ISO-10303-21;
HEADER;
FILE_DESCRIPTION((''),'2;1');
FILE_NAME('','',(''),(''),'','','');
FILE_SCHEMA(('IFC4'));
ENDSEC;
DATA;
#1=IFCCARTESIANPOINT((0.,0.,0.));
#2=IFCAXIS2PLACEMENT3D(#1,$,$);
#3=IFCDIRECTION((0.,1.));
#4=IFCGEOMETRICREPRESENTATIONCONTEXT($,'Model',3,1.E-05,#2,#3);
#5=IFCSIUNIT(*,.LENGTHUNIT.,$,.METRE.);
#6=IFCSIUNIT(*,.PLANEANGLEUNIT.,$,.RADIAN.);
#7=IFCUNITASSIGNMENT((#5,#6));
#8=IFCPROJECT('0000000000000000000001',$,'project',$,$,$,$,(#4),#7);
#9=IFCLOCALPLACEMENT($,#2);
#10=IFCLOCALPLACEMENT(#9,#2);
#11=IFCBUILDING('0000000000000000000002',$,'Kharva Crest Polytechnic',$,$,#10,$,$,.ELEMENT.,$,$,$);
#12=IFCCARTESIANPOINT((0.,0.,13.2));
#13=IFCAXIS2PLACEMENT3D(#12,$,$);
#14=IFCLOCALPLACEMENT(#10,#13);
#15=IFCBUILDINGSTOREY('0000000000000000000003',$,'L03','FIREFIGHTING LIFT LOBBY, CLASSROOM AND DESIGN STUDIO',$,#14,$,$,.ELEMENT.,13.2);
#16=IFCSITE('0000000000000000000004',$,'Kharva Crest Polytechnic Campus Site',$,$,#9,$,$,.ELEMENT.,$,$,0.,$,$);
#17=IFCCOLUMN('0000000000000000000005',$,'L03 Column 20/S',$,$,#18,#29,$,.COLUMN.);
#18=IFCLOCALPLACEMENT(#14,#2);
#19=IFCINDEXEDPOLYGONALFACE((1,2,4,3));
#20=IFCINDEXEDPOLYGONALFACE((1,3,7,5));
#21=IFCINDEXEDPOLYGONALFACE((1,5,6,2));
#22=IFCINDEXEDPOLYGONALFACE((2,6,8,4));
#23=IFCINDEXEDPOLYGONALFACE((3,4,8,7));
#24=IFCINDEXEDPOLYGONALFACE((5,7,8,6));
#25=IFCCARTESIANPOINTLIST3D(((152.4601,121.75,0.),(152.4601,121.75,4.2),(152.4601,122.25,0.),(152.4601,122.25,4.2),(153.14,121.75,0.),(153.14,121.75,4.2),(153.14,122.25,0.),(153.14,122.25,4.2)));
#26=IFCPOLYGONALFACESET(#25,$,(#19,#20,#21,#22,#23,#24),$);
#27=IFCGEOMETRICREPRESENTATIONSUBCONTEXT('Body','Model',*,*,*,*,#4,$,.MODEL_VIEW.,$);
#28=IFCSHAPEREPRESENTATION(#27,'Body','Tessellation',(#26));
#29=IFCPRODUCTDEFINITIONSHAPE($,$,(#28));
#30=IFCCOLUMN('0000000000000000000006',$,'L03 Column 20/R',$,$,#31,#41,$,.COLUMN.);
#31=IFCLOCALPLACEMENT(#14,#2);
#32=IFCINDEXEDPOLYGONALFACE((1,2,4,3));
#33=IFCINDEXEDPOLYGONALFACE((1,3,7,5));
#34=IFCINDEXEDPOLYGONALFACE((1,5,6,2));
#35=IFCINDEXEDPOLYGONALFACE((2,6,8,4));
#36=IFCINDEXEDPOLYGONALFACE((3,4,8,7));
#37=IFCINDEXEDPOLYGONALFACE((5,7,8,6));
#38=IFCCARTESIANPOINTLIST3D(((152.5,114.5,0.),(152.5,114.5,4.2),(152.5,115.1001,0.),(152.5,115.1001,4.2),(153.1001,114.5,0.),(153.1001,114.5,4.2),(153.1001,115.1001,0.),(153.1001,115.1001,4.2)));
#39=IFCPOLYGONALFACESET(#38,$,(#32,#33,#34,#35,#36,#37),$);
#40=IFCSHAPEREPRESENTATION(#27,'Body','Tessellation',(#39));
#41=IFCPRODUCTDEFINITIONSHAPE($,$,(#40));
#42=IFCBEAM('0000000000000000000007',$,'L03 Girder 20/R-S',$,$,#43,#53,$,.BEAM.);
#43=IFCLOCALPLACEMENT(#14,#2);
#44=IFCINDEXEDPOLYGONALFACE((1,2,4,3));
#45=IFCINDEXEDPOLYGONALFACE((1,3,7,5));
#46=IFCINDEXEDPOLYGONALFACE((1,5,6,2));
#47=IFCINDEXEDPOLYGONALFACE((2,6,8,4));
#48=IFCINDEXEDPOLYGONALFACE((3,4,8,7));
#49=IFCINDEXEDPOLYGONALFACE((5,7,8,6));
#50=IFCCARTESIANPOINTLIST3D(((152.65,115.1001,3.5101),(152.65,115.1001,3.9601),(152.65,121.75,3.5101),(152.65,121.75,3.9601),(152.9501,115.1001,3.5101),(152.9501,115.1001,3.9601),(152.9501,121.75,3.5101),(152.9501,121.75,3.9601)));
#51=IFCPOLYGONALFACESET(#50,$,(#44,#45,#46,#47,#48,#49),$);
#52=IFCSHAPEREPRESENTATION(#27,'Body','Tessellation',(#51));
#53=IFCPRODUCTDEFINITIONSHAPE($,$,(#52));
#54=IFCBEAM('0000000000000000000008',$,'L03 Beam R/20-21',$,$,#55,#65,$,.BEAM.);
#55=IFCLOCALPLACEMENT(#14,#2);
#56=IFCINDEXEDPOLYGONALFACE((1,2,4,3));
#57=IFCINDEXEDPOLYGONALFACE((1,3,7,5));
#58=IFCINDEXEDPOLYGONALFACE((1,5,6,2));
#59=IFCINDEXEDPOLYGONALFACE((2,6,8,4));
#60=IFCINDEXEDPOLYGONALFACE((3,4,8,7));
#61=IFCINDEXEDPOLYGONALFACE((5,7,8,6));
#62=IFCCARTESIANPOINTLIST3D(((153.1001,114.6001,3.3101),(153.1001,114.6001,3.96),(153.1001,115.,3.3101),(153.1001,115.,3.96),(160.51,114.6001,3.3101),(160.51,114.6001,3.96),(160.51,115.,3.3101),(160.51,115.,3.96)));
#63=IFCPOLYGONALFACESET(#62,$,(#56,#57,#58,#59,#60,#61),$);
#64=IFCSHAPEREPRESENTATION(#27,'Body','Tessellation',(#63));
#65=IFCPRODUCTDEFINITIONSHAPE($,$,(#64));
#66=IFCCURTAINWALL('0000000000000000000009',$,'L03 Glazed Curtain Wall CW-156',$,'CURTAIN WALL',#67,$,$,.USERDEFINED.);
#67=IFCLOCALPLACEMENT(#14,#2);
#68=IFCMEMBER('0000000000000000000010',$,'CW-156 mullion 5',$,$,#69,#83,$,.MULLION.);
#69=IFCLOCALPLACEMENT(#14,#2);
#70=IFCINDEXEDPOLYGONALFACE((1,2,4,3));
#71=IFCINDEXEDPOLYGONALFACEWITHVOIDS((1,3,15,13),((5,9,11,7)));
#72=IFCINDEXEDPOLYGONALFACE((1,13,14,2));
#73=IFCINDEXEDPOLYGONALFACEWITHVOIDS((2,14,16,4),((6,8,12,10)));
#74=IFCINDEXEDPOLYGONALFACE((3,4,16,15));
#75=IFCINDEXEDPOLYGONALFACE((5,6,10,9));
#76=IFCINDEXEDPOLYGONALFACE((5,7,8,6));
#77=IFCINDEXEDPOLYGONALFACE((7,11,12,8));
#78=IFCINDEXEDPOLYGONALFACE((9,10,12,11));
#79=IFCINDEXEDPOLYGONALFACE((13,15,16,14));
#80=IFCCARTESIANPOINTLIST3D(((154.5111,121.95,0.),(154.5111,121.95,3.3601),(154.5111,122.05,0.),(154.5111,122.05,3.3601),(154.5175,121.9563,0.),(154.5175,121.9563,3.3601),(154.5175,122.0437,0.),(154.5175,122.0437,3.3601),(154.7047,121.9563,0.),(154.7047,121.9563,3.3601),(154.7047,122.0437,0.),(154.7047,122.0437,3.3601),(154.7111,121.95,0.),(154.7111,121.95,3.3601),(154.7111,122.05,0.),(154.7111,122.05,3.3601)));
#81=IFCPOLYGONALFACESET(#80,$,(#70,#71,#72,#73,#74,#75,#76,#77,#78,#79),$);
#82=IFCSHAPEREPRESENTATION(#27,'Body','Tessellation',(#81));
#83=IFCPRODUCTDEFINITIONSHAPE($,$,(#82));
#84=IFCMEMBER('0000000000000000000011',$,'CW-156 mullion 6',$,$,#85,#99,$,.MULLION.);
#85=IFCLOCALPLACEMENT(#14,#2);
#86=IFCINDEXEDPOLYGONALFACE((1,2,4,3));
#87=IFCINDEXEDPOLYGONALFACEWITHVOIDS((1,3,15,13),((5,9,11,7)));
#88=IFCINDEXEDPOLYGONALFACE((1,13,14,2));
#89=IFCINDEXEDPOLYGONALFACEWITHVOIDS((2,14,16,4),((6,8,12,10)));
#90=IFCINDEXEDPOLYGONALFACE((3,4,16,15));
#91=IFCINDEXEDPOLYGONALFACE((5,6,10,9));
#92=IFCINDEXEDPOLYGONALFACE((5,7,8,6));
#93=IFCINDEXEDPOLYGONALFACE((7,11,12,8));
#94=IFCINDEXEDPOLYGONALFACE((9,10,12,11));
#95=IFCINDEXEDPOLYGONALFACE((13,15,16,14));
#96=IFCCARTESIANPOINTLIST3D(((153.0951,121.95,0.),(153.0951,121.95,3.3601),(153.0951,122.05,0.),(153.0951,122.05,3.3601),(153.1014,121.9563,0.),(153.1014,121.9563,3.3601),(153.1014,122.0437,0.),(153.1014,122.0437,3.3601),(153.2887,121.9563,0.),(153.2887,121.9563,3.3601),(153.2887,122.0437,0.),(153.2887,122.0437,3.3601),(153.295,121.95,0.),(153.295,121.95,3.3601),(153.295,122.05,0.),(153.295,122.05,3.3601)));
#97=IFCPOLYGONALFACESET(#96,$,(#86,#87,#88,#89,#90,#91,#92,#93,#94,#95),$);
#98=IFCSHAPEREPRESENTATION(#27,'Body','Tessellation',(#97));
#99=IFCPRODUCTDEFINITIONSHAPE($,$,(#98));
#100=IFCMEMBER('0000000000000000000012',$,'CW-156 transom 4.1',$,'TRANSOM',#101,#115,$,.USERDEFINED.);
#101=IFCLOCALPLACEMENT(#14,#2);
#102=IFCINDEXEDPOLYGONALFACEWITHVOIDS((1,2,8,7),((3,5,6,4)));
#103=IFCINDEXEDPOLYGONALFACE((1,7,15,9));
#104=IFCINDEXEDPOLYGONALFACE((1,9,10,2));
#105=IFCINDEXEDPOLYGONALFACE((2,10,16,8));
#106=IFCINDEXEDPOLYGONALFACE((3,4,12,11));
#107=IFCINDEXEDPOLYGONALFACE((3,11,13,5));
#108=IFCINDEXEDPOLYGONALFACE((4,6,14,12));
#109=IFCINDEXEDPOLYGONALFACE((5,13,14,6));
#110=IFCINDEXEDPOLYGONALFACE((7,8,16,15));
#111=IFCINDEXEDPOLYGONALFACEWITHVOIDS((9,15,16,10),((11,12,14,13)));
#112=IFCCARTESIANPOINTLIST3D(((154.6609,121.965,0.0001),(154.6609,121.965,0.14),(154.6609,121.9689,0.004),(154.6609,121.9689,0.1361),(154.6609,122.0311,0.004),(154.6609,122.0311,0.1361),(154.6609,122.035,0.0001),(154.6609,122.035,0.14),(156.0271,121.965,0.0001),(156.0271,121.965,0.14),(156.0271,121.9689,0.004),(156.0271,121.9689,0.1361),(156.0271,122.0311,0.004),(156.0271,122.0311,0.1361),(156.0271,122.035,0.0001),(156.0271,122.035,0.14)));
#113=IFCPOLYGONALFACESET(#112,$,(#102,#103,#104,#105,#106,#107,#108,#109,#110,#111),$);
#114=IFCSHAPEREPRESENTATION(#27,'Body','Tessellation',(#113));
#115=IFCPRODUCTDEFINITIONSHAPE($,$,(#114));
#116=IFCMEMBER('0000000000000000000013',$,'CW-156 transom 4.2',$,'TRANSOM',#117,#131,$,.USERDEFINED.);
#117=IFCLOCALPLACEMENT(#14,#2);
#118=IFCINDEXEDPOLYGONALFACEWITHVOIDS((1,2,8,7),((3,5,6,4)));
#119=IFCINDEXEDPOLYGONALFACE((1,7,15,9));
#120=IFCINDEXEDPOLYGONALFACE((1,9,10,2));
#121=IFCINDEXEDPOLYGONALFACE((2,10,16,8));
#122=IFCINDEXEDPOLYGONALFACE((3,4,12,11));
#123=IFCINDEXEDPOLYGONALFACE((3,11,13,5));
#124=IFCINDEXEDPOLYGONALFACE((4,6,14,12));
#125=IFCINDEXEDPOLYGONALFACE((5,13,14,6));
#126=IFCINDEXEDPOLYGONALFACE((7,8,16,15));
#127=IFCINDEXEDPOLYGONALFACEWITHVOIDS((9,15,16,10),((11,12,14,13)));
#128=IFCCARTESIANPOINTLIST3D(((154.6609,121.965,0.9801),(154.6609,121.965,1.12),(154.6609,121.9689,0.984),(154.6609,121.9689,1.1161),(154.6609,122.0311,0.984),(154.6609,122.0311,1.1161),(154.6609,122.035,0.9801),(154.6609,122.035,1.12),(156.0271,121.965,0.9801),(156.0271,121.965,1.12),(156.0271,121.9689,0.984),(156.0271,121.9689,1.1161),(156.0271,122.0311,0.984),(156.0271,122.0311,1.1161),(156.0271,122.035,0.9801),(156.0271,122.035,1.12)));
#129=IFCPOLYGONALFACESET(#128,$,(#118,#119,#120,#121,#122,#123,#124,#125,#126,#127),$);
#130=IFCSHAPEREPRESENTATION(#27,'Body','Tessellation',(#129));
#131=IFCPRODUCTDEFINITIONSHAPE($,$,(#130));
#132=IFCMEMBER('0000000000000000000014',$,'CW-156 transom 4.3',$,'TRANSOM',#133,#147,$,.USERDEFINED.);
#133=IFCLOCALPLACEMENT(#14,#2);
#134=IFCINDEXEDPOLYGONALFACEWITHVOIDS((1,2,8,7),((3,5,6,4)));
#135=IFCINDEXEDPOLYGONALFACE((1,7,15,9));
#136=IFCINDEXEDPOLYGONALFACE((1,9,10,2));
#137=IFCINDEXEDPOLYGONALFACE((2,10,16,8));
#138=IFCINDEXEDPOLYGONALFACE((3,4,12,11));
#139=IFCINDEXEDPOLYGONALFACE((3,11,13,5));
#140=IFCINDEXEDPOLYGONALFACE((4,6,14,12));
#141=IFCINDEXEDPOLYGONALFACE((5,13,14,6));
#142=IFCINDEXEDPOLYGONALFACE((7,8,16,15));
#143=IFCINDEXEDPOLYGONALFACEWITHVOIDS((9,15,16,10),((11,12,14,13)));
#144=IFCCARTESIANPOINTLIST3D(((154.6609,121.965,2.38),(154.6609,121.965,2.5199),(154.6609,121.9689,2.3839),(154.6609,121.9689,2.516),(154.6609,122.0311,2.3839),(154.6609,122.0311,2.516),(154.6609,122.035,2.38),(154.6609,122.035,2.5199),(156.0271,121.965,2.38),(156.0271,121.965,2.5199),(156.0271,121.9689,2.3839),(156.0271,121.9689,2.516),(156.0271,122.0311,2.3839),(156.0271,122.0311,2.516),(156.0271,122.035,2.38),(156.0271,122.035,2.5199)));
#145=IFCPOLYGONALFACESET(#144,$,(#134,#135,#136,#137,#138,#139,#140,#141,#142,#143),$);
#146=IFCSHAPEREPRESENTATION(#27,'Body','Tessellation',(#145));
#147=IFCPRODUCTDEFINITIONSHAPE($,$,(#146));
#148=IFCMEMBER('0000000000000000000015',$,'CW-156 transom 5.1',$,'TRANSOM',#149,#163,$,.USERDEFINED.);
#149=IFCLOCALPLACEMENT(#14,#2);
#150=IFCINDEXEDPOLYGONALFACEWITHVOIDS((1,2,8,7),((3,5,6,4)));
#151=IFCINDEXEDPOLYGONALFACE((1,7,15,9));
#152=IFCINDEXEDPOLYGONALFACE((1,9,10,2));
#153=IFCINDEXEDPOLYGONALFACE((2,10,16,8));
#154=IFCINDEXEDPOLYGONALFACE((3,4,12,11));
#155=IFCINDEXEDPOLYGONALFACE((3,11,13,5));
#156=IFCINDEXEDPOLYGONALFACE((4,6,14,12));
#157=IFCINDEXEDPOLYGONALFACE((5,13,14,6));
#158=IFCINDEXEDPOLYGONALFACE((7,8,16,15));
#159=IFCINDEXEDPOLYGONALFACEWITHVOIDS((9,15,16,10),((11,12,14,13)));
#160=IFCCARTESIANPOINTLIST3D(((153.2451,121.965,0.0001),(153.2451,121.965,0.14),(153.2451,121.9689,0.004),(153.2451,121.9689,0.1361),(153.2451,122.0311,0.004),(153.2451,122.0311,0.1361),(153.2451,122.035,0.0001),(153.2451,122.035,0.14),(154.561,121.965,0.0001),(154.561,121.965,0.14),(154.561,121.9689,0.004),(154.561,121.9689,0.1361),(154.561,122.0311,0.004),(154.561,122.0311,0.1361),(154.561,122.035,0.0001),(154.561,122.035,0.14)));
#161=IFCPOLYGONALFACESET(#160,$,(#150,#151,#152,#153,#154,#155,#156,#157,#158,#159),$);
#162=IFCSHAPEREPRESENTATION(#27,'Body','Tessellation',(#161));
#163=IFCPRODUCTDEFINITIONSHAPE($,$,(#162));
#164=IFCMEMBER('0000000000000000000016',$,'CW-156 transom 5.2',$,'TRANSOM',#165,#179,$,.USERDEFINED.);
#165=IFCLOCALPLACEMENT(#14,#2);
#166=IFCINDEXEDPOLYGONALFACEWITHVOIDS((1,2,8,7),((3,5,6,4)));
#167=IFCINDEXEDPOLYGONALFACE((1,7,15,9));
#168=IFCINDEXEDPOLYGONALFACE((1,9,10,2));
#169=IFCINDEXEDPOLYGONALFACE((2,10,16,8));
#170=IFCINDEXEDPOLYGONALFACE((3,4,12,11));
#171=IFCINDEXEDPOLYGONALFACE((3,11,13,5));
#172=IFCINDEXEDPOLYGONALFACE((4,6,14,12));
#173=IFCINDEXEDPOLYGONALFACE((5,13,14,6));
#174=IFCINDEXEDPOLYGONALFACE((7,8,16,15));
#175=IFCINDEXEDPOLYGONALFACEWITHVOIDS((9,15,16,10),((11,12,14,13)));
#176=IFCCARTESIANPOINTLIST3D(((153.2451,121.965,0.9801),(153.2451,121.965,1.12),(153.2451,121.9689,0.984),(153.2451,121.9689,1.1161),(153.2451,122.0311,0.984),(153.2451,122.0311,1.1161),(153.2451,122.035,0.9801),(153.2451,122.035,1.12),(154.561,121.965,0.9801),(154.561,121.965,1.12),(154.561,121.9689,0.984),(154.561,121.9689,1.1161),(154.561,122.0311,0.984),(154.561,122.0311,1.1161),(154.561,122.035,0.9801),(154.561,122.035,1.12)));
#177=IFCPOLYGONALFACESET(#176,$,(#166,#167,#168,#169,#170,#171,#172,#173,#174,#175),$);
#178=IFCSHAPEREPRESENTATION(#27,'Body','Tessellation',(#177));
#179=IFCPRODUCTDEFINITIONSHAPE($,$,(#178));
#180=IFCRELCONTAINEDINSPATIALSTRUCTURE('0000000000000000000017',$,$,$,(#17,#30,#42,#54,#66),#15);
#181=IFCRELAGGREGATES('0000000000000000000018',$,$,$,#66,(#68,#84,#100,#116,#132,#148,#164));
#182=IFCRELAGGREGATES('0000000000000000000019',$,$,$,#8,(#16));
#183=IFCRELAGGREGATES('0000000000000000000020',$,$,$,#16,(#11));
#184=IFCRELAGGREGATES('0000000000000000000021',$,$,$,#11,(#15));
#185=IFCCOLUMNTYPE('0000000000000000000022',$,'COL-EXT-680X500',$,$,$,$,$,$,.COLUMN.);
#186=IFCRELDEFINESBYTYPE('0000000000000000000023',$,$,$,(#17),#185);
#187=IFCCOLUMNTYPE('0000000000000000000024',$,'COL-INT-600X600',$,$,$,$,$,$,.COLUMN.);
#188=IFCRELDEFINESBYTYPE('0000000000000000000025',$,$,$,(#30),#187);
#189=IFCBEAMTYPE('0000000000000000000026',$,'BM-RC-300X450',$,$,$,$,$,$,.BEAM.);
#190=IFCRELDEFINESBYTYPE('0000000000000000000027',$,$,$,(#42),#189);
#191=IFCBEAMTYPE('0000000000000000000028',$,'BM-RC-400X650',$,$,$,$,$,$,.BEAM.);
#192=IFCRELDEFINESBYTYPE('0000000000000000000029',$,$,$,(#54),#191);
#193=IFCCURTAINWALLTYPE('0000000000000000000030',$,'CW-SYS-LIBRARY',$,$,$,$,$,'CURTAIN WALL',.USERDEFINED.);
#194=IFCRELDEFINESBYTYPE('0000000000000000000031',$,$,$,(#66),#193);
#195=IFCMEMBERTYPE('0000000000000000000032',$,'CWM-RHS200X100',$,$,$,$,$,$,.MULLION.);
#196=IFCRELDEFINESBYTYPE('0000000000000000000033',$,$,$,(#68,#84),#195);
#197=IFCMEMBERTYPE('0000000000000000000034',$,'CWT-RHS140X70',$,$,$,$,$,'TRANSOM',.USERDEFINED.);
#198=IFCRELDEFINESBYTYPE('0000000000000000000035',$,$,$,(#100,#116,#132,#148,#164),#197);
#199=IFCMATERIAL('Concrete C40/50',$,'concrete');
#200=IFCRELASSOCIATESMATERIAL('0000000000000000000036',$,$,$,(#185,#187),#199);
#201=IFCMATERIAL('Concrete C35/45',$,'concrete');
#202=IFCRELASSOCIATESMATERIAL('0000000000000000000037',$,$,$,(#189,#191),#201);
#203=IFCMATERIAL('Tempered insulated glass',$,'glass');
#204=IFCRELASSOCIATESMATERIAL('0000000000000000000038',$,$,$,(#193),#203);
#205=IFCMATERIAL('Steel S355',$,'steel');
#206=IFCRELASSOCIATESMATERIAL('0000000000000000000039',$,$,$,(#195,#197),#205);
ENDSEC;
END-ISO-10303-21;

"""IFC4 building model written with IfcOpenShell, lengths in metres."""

from ifc_helpers import new_model, si_unit, direction, frame, origin, origin_2d, place, context, subcontext, project, spatial, rectangle, hollow_rectangle, extrude, material, material_profile, profile_set, type_object, element, aggregate, save


model = new_model("IFC4")

# Units and contexts
model_context = context("Model", 3, precision=1e-05, world=origin(), true_north=direction((0.0, 1.0)))
body_context = subcontext(model_context, "Body", "Model", "MODEL_VIEW")
ifc_project = project(units=[si_unit("LENGTHUNIT", "METRE"), si_unit("PLANEANGLEUNIT", "RADIAN")], contexts=[model_context])

# Site, building, storey
site_placement = place(None, origin())
site = spatial("IfcSite", under=ifc_project, at=site_placement, Name="Kharva Crest Polytechnic Campus Site", CompositionType="ELEMENT", RefElevation=0.0)
building_placement = place(site_placement, origin())
building = spatial("IfcBuilding", under=site, at=building_placement, Name="Kharva Crest Polytechnic", CompositionType="ELEMENT")
storey_placement = place(building_placement, frame((0.0, 0.0, 13.2)))
storey = spatial("IfcBuildingStorey", under=building, at=storey_placement, Name="L03", Description="FIREFIGHTING LIFT LOBBY, CLASSROOM AND DESIGN STUDIO", CompositionType="ELEMENT", Elevation=13.2)

# Columns
ifc_material_1 = material(Name="Concrete C40/50", Category="concrete")
ifc_material_profile_1 = material_profile(ifc_material_1, rectangle(XDim=0.6799, YDim=0.5, at=origin_2d()), Name="RECT 680 X 500")
ifc_profile_set_1 = profile_set([ifc_material_profile_1], Name="Concrete C40/50")
column_type_1 = type_object("IfcColumnType", Name="COL-EXT-680X500", PredefinedType="COLUMN", material=ifc_profile_set_1)
column_1_placement = place(storey_placement, frame((152.8, 122.0, 0.0), z_axis=(0.0, 0.0, 1.0), x_axis=(1.0, 0.0, 0.0)))
element("IfcColumn", 1, at=column_1_placement, inside=storey, type_object=column_type_1, Name="L03 Column 20/S", PredefinedType="COLUMN", context=body_context, shape_type="SweptSolid", body=[
    extrude(rectangle(XDim=0.6799, YDim=0.5, at=origin_2d()), origin(), (0.0, 0.0, 1.0), 4.2),
])
ifc_material_profile_2 = material_profile(ifc_material_1, rectangle(XDim=0.6001, YDim=0.6001, at=origin_2d()), Name="RECT 600 X 600")
ifc_profile_set_2 = profile_set([ifc_material_profile_2], Name="Concrete C40/50")
column_type_2 = type_object("IfcColumnType", Name="COL-INT-600X600", PredefinedType="COLUMN", material=ifc_profile_set_2)
column_2_placement = place(storey_placement, frame((152.8, 114.8, 0.0), z_axis=(0.0, 0.0, 1.0), x_axis=(1.0, 0.0, 0.0)))
element("IfcColumn", 2, at=column_2_placement, inside=storey, type_object=column_type_2, Name="L03 Column 20/R", PredefinedType="COLUMN", context=body_context, shape_type="SweptSolid", body=[
    extrude(rectangle(XDim=0.6001, YDim=0.6001, at=origin_2d()), origin(), (0.0, 0.0, 1.0), 4.2),
])

# Beams
ifc_material_2 = material(Name="Concrete C35/45", Category="concrete")
ifc_material_profile_3 = material_profile(ifc_material_2, rectangle(XDim=0.3, YDim=0.45, at=origin_2d()), Name="RECT 300 X 450")
ifc_profile_set_3 = profile_set([ifc_material_profile_3], Name="Concrete C35/45")
beam_type_1 = type_object("IfcBeamType", Name="BM-RC-300X450", PredefinedType="BEAM", material=ifc_profile_set_3)
beam_1_placement = place(storey_placement, frame((152.8, 115.1001, 3.7351), z_axis=(0.0, 1.0, 0.0), x_axis=(-1.0, 0.0, 0.0)))
element("IfcBeam", 3, at=beam_1_placement, inside=storey, type_object=beam_type_1, Name="L03 Girder 20/R-S", PredefinedType="BEAM", context=body_context, shape_type="SweptSolid", body=[
    extrude(rectangle(XDim=0.3, YDim=0.45, at=origin_2d()), origin(), (0.0, 0.0, 1.0), 6.6499),
])
ifc_material_profile_4 = material_profile(ifc_material_2, rectangle(XDim=0.3999, YDim=0.6499, at=origin_2d()), Name="RECT 400 X 650")
ifc_profile_set_4 = profile_set([ifc_material_profile_4], Name="Concrete C35/45")
beam_type_2 = type_object("IfcBeamType", Name="BM-RC-400X650", PredefinedType="BEAM", material=ifc_profile_set_4)
beam_2_placement = place(storey_placement, frame((153.1001, 114.8, 3.635), z_axis=(1.0, 0.0, 0.0), x_axis=(0.0, 1.0, 0.0)))
element("IfcBeam", 4, at=beam_2_placement, inside=storey, type_object=beam_type_2, Name="L03 Beam R/20-21", PredefinedType="BEAM", context=body_context, shape_type="SweptSolid", body=[
    extrude(rectangle(XDim=0.3999, YDim=0.6499, at=origin_2d()), origin(), (0.0, 0.0, 1.0), 7.4099),
])

# Curtain wall, members
ifc_material_3 = material(Name="Tempered insulated glass", Category="glass")
curtain_wall_type = type_object("IfcCurtainWallType", Name="CW-SYS-LIBRARY", ElementType="CURTAIN WALL", PredefinedType="USERDEFINED", material=ifc_material_3)
curtain_wall_placement = place(storey_placement, origin())
curtain_wall = element("IfcCurtainWall", 5, at=curtain_wall_placement, inside=storey, type_object=curtain_wall_type, Name="L03 Glazed Curtain Wall CW-156", ObjectType="CURTAIN WALL", PredefinedType="USERDEFINED")
ifc_material_4 = material(Name="Steel S355", Category="steel")
ifc_material_profile_5 = material_profile(ifc_material_4, hollow_rectangle(XDim=0.1001, YDim=0.2, WallThickness=0.0063, at=origin_2d()), Name="RHS 200X100X6.3")
ifc_profile_set_5 = profile_set([ifc_material_profile_5], Name="Steel S355")
member_type_1 = type_object("IfcMemberType", Name="CWM-RHS200X100", PredefinedType="MULLION", material=ifc_profile_set_5)
member_1_placement = place(storey_placement, frame((154.6111, 122.0, 0.0), z_axis=(0.0, 0.0, 1.0), x_axis=(0.0, -1.0, 0.0)))
member_1 = element("IfcMember", 6, at=member_1_placement, type_object=member_type_1, Name="CW-156 mullion 5", PredefinedType="MULLION", context=body_context, shape_type="SweptSolid", body=[
    extrude(hollow_rectangle(XDim=0.1001, YDim=0.2, WallThickness=0.0063, at=origin_2d()), origin(), (0.0, 0.0, 1.0), 3.3601),
])
member_2_placement = place(storey_placement, frame((153.1951, 122.0, 0.0), z_axis=(0.0, 0.0, 1.0), x_axis=(0.0, -1.0, 0.0)))
member_2 = element("IfcMember", 7, at=member_2_placement, type_object=member_type_1, Name="CW-156 mullion 6", PredefinedType="MULLION", context=body_context, shape_type="SweptSolid", body=[
    extrude(hollow_rectangle(XDim=0.1001, YDim=0.2, WallThickness=0.0063, at=origin_2d()), origin(), (0.0, 0.0, 1.0), 3.3601),
])
ifc_material_profile_6 = material_profile(ifc_material_4, hollow_rectangle(XDim=0.0701, YDim=0.1399, WallThickness=0.0039, at=origin_2d()), Name="RHS 140X70X4.0")
ifc_profile_set_6 = profile_set([ifc_material_profile_6], Name="Steel S355")
member_type_2 = type_object("IfcMemberType", Name="CWT-RHS140X70", ElementType="TRANSOM", PredefinedType="USERDEFINED", material=ifc_profile_set_6)
member_3_placement = place(storey_placement, frame((156.0271, 122.0, 0.0701), z_axis=(-1.0, 0.0, 0.0), x_axis=(0.0, -1.0, 0.0)))
member_3 = element("IfcMember", 8, at=member_3_placement, type_object=member_type_2, Name="CW-156 transom 4.1", ObjectType="TRANSOM", PredefinedType="USERDEFINED", context=body_context, shape_type="SweptSolid", body=[
    extrude(hollow_rectangle(XDim=0.0701, YDim=0.1399, WallThickness=0.0039, at=origin_2d()), origin(), (0.0, 0.0, 1.0), 1.3662),
])
member_4_placement = place(storey_placement, frame((156.0271, 122.0, 1.05), z_axis=(-1.0, 0.0, 0.0), x_axis=(0.0, -1.0, 0.0)))
member_4 = element("IfcMember", 9, at=member_4_placement, type_object=member_type_2, Name="CW-156 transom 4.2", ObjectType="TRANSOM", PredefinedType="USERDEFINED", context=body_context, shape_type="SweptSolid", body=[
    extrude(hollow_rectangle(XDim=0.0701, YDim=0.1399, WallThickness=0.0039, at=origin_2d()), origin(), (0.0, 0.0, 1.0), 1.3662),
])
member_5_placement = place(storey_placement, frame((156.0271, 122.0, 2.45), z_axis=(-1.0, 0.0, 0.0), x_axis=(0.0, -1.0, 0.0)))
member_5 = element("IfcMember", 10, at=member_5_placement, type_object=member_type_2, Name="CW-156 transom 4.3", ObjectType="TRANSOM", PredefinedType="USERDEFINED", context=body_context, shape_type="SweptSolid", body=[
    extrude(hollow_rectangle(XDim=0.0701, YDim=0.1399, WallThickness=0.0039, at=origin_2d()), origin(), (0.0, 0.0, 1.0), 1.3662),
])
member_6_placement = place(storey_placement, frame((154.561, 122.0, 0.0701), z_axis=(-1.0, 0.0, 0.0), x_axis=(0.0, -1.0, 0.0)))
member_6 = element("IfcMember", 11, at=member_6_placement, type_object=member_type_2, Name="CW-156 transom 5.1", ObjectType="TRANSOM", PredefinedType="USERDEFINED", context=body_context, shape_type="SweptSolid", body=[
    extrude(hollow_rectangle(XDim=0.0701, YDim=0.1399, WallThickness=0.0039, at=origin_2d()), origin(), (0.0, 0.0, 1.0), 1.3159),
])
member_7_placement = place(storey_placement, frame((154.561, 122.0, 1.05), z_axis=(-1.0, 0.0, 0.0), x_axis=(0.0, -1.0, 0.0)))
member_7 = element("IfcMember", 12, at=member_7_placement, type_object=member_type_2, Name="CW-156 transom 5.2", ObjectType="TRANSOM", PredefinedType="USERDEFINED", context=body_context, shape_type="SweptSolid", body=[
    extrude(hollow_rectangle(XDim=0.0701, YDim=0.1399, WallThickness=0.0039, at=origin_2d()), origin(), (0.0, 0.0, 1.0), 1.3159),
])

aggregate(curtain_wall, [member_1, member_2, member_3, member_4, member_5, member_6, member_7])

save(model, "model.ifc")
